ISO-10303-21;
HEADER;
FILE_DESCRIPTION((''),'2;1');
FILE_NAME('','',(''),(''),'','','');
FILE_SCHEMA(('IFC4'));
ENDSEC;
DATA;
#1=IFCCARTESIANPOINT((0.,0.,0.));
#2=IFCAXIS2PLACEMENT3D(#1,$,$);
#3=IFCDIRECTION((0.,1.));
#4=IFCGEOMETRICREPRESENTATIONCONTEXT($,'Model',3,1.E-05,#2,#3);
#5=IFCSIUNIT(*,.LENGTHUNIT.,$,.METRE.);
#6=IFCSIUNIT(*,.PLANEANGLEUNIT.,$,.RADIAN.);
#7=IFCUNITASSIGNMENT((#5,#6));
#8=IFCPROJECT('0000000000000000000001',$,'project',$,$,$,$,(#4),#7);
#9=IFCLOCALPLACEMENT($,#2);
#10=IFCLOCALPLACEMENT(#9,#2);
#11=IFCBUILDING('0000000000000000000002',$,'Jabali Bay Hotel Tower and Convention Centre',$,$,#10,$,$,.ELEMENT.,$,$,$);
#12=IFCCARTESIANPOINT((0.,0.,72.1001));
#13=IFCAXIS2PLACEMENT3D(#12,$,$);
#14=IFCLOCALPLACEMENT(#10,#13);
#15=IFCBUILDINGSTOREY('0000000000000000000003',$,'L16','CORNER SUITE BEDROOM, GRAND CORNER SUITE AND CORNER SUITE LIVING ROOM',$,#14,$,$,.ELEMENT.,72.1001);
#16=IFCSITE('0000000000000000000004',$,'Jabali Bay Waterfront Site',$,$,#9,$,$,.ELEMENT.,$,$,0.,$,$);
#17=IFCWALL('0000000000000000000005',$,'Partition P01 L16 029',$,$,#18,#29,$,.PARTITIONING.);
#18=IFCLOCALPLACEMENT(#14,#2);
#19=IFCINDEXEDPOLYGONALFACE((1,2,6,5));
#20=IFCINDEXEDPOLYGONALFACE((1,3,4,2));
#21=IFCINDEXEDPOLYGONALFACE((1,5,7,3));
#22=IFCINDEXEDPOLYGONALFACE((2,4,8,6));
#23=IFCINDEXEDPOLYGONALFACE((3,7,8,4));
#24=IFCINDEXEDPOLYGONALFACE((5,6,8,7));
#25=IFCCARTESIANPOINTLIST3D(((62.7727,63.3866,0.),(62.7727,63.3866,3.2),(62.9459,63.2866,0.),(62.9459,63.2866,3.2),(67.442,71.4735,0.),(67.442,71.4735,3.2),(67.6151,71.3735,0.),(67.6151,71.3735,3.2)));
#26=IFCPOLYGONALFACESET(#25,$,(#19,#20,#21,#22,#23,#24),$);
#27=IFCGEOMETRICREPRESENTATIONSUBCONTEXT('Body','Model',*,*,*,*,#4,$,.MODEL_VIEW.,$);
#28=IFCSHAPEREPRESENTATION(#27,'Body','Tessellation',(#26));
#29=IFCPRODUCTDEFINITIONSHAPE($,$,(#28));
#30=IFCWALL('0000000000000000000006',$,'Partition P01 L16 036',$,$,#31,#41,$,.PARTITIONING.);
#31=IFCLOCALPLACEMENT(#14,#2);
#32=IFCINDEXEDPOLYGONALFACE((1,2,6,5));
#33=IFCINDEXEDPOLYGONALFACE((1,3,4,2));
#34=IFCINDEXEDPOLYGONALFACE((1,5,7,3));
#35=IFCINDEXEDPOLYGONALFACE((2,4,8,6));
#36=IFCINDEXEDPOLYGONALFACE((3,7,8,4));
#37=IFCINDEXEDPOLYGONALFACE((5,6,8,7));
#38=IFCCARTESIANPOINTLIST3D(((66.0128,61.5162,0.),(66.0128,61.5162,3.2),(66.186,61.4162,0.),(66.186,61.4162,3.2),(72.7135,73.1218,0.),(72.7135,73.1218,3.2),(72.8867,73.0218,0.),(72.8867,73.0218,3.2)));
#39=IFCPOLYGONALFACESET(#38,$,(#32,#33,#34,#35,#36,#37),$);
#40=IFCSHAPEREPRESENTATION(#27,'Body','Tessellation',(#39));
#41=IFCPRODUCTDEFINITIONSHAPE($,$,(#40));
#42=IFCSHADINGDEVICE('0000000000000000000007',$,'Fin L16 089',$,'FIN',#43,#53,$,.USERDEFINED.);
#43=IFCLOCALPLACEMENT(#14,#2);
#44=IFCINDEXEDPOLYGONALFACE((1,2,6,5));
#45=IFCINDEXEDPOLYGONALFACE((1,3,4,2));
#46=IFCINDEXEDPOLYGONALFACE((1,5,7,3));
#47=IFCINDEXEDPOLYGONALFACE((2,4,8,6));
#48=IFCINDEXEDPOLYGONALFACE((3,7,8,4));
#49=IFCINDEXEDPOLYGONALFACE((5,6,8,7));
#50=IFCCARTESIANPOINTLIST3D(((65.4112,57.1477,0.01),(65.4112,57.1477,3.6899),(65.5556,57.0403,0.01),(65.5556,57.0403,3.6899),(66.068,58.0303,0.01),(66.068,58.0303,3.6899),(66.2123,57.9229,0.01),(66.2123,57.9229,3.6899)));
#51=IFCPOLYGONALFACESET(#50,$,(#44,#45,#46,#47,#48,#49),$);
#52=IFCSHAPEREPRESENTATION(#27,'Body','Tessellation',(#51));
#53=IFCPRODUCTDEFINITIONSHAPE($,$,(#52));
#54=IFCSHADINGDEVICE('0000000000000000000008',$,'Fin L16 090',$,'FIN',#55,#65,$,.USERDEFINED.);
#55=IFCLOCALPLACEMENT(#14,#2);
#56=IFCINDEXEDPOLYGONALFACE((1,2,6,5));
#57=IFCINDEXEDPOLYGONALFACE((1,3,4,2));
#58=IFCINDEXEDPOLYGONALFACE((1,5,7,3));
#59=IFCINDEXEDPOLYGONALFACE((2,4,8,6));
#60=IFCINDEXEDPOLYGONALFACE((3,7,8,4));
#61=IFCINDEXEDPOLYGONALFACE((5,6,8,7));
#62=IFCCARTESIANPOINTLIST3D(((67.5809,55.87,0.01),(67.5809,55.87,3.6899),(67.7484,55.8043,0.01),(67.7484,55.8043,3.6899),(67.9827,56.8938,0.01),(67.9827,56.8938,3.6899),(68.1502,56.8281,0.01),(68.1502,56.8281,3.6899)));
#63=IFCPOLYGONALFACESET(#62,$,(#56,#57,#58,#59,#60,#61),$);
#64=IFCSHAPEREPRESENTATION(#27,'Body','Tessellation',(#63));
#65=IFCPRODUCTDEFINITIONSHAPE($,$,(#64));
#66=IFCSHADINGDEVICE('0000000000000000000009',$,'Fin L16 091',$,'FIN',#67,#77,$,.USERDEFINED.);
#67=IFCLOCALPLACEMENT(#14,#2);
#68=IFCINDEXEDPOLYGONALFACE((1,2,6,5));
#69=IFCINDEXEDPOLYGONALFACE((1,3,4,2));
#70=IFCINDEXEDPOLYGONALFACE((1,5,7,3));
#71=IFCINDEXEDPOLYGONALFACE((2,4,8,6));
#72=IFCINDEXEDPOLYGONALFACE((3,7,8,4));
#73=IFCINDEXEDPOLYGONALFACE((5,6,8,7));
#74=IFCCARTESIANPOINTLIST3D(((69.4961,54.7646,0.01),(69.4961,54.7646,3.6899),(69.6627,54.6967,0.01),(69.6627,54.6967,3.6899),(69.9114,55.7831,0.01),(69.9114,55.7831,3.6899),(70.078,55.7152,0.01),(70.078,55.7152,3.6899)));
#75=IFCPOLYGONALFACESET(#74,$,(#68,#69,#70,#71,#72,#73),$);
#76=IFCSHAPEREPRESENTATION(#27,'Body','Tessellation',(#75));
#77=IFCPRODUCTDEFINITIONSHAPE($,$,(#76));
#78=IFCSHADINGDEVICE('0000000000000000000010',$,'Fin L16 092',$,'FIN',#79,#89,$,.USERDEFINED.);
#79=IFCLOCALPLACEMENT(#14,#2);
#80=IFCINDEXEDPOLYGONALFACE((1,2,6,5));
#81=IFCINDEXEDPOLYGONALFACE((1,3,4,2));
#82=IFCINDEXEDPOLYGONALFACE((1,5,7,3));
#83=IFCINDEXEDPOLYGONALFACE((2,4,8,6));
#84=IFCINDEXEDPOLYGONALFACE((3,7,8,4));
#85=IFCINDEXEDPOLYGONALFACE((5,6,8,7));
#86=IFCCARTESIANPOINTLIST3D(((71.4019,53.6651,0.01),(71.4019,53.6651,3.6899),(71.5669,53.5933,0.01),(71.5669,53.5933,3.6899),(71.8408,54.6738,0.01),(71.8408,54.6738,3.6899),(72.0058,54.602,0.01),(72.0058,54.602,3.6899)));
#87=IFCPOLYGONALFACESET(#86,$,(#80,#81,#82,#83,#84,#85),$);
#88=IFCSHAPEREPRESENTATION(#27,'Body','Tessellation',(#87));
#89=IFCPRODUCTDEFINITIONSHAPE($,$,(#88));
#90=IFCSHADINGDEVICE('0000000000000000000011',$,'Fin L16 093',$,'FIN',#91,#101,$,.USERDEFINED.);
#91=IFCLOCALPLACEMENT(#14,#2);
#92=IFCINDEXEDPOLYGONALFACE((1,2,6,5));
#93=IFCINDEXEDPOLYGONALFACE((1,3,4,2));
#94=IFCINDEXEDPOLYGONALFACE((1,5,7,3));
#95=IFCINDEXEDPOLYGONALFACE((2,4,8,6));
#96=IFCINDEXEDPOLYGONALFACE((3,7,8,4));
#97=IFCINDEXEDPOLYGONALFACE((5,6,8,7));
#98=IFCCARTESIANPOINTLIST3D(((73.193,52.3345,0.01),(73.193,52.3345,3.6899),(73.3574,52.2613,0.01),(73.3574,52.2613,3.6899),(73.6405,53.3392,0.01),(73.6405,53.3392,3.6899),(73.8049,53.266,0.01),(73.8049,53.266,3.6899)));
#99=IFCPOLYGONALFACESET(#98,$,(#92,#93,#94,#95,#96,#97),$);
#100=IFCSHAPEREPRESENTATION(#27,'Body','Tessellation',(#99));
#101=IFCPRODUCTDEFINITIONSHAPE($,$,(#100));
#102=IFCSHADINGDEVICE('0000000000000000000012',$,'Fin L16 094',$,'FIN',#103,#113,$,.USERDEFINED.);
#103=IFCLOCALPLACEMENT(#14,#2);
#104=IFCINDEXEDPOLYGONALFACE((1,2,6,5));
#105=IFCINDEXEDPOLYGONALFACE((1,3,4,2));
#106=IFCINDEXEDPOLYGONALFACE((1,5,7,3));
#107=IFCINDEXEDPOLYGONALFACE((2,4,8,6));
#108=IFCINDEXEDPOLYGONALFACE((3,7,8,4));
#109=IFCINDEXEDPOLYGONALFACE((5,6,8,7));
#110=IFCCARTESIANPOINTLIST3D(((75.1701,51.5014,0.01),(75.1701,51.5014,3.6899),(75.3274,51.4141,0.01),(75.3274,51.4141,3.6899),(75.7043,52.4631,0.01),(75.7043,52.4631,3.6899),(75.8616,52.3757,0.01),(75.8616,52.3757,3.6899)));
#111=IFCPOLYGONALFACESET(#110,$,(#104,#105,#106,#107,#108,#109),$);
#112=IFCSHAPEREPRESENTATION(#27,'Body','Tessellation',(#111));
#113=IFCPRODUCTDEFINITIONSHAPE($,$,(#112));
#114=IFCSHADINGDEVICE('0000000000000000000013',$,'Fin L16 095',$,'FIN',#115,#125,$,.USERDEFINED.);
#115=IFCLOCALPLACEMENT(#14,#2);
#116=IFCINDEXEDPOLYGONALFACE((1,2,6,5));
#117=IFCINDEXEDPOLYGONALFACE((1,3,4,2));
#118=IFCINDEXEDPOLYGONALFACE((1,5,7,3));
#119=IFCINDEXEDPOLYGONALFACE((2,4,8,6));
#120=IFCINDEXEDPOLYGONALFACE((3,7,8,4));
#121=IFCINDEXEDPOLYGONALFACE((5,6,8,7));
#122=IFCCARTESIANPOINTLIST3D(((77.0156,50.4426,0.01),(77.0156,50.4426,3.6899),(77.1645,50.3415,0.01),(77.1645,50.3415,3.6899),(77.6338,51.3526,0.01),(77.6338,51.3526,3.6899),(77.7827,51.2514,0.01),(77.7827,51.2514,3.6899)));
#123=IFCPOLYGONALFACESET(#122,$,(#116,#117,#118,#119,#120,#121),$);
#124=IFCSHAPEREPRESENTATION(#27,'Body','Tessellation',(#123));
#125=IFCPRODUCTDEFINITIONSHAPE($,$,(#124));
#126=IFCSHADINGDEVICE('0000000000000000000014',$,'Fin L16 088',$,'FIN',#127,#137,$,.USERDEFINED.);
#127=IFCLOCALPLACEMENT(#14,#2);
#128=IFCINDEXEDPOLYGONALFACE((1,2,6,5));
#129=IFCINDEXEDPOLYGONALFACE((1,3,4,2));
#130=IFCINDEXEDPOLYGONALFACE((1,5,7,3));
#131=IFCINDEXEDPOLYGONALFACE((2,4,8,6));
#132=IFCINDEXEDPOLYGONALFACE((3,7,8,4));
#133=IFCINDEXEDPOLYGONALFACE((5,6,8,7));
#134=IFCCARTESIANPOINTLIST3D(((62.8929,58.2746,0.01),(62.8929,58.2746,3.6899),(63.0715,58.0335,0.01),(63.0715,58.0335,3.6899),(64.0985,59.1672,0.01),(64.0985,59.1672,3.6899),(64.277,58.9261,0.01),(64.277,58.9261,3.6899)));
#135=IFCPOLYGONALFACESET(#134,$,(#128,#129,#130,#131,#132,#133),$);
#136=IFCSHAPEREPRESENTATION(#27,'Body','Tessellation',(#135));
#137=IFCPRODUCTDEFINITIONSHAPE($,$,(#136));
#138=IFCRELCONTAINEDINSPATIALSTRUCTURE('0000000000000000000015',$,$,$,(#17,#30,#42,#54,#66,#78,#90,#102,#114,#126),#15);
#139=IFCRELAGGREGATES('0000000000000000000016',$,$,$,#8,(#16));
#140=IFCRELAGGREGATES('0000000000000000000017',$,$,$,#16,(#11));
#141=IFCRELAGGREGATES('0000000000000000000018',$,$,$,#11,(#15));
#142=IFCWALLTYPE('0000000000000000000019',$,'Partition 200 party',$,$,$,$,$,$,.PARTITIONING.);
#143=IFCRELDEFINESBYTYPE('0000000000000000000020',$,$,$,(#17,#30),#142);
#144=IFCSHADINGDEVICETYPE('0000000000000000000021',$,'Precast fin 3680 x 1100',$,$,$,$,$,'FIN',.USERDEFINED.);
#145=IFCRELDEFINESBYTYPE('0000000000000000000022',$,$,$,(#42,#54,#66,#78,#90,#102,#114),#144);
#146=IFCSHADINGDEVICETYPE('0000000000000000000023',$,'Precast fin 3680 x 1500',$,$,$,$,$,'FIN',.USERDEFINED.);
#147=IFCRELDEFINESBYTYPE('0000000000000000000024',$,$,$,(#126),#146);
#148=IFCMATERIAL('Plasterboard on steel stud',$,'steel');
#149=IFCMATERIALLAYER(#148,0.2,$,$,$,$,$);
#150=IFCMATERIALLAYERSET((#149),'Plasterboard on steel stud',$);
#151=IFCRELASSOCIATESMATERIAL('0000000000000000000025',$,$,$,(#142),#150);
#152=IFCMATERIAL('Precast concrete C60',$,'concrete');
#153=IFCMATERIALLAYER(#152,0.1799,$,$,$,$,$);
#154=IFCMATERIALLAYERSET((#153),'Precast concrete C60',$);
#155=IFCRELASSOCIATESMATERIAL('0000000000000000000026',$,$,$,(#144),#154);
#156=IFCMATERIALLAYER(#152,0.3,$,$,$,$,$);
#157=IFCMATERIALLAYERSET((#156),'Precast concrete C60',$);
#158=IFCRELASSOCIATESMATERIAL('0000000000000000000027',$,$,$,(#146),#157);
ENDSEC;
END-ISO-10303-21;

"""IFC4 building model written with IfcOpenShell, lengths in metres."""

from ifc_helpers import new_model, si_unit, direction, frame, frame_2d, origin, place, context, subcontext, project, spatial, rectangle, extrude, material, layer, layer_set, type_object, element, save


model = new_model("IFC4")

# Units and contexts
model_context = context("Model", 3, precision=1e-05, world=origin(), true_north=direction((0.0, 1.0)))
body_context = subcontext(model_context, "Body", "Model", "MODEL_VIEW")
ifc_project = project(units=[si_unit("LENGTHUNIT", "METRE"), si_unit("PLANEANGLEUNIT", "RADIAN")], contexts=[model_context])

# Site, building, storey
site_placement = place(None, origin())
site = spatial("IfcSite", under=ifc_project, at=site_placement, Name="Jabali Bay Waterfront Site", CompositionType="ELEMENT", RefElevation=0.0)
building_placement = place(site_placement, origin())
building = spatial("IfcBuilding", under=site, at=building_placement, Name="Jabali Bay Hotel Tower and Convention Centre", CompositionType="ELEMENT")
storey_placement = place(building_placement, frame((0.0, 0.0, 72.1001)))
storey = spatial("IfcBuildingStorey", under=building, at=storey_placement, Name="L16", Description="CORNER SUITE BEDROOM, GRAND CORNER SUITE AND CORNER SUITE LIVING ROOM", CompositionType="ELEMENT", Elevation=72.1001)

# Shared definitions
ifc_material_1 = material(Name="Plasterboard on steel stud", Category="steel")

# Walls
ifc_layer_1 = layer(ifc_material_1, 0.2)
ifc_layer_set_1 = layer_set([ifc_layer_1], Name="Plasterboard on steel stud")
wall_type_1 = type_object("IfcWallType", Name="Partition 200 party", PredefinedType="PARTITIONING", material=ifc_layer_set_1)
wall_1_placement = place(storey_placement, frame((62.8594, 63.3367, 0.0), z_axis=(0.0, 0.0, 1.0), x_axis=(0.500017, 0.866016, 0.0)))
element("IfcWall", 1, at=wall_1_placement, inside=storey, type_object=wall_type_1, Name="Partition P01 L16 029", PredefinedType="PARTITIONING", context=body_context, shape_type="SweptSolid", body=[
    extrude(rectangle(XDim=9.3381, YDim=0.2, at=frame_2d((4.6689, 0.0))), origin(), (0.0, 0.0, 1.0), 3.2),
])
wall_2_placement = place(storey_placement, frame((66.0994, 61.4661, 0.0), z_axis=(0.0, 0.0, 1.0), x_axis=(0.500007, 0.866021, 0.0)))
element("IfcWall", 2, at=wall_2_placement, inside=storey, type_object=wall_type_1, Name="Partition P01 L16 036", PredefinedType="PARTITIONING", context=body_context, shape_type="SweptSolid", body=[
    extrude(rectangle(XDim=13.4011, YDim=0.2, at=frame_2d((6.7007, 0.0))), origin(), (0.0, 0.0, 1.0), 3.2),
])

# Shading devices
ifc_material_2 = material(Name="Precast concrete C60", Category="concrete")
ifc_layer_2 = layer(ifc_material_2, 0.1799)
ifc_layer_set_2 = layer_set([ifc_layer_2], Name="Precast concrete C60")
shading_device_type_1 = type_object("IfcShadingDeviceType", Name="Precast fin 3680 x 1100", ElementType="FIN", PredefinedType="USERDEFINED", material=ifc_layer_set_2)
shading_device_1_placement = place(storey_placement, frame((66.1401, 57.9766, 0.01), z_axis=(0.0, 0.0, 1.0), x_axis=(-0.596978, -0.802258, 0.0)))
element("IfcShadingDevice", 3, at=shading_device_1_placement, inside=storey, type_object=shading_device_type_1, Name="Fin L16 089", ObjectType="FIN", PredefinedType="USERDEFINED", context=body_context, shape_type="SweptSolid", body=[
    extrude(rectangle(XDim=1.1001, YDim=0.1799, at=frame_2d((0.55, 0.0))), origin(), (0.0, 0.0, 1.0), 3.6799),
])
for number, where, z_axis, x_axis, name in (
    (4, (68.0664, 56.8608, 0.01), (0.0, 0.0, 1.0), (-0.365336, -0.930876, 0.0), "Fin L16 090"),
    (5, (69.9946, 55.749, 0.01), (0.0, 0.0, 1.0), (-0.377544, -0.925992, 0.0), "Fin L16 091"),
):
    element("IfcShadingDevice", number, at=place(storey_placement, frame(where, z_axis=z_axis, x_axis=x_axis)), inside=storey, type_object=shading_device_type_1, Name=name, ObjectType="FIN", PredefinedType="USERDEFINED", context=body_context, shape_type="SweptSolid", body=[
        extrude(rectangle(XDim=1.0999, YDim=0.1799, at=frame_2d((0.5498, 0.0))), origin(), (0.0, 0.0, 1.0), 3.6799),
    ])
shading_device_2_placement = place(storey_placement, frame((71.9233, 54.6379, 0.01), z_axis=(0.0, 0.0, 1.0), x_axis=(-0.399002, -0.91695, 0.0)))
element("IfcShadingDevice", 6, at=shading_device_2_placement, inside=storey, type_object=shading_device_type_1, Name="Fin L16 092", ObjectType="FIN", PredefinedType="USERDEFINED", context=body_context, shape_type="SweptSolid", body=[
    extrude(rectangle(XDim=1.1001, YDim=0.1799, at=frame_2d((0.55, 0.0))), origin(), (0.0, 0.0, 1.0), 3.6799),
])
shading_device_3_placement = place(storey_placement, frame((73.7227, 53.3025, 0.01), z_axis=(0.0, 0.0, 1.0), x_axis=(-0.4069, -0.913473, 0.0)))
element("IfcShadingDevice", 7, at=shading_device_3_placement, inside=storey, type_object=shading_device_type_1, Name="Fin L16 093", ObjectType="FIN", PredefinedType="USERDEFINED", context=body_context, shape_type="SweptSolid", body=[
    extrude(rectangle(XDim=1.0999, YDim=0.1799, at=frame_2d((0.5498, 0.0))), origin(), (0.0, 0.0, 1.0), 3.6799),
])
for number, where, z_axis, x_axis, name in (
    (8, (75.783, 52.4194, 0.01), (0.0, 0.0, 1.0), (-0.485586, -0.874189, 0.0), "Fin L16 094"),
    (9, (77.7083, 51.302, 0.01), (0.0, 0.0, 1.0), (-0.561952, -0.82717, 0.0), "Fin L16 095"),
):
    element("IfcShadingDevice", number, at=place(storey_placement, frame(where, z_axis=z_axis, x_axis=x_axis)), inside=storey, type_object=shading_device_type_1, Name=name, ObjectType="FIN", PredefinedType="USERDEFINED", context=body_context, shape_type="SweptSolid", body=[
        extrude(rectangle(XDim=1.1001, YDim=0.1799, at=frame_2d((0.55, 0.0))), origin(), (0.0, 0.0, 1.0), 3.6799),
    ])
ifc_layer_3 = layer(ifc_material_2, 0.3)
ifc_layer_set_3 = layer_set([ifc_layer_3], Name="Precast concrete C60")
shading_device_type_2 = type_object("IfcShadingDeviceType", Name="Precast fin 3680 x 1500", ElementType="FIN", PredefinedType="USERDEFINED", material=ifc_layer_set_3)
shading_device_4_placement = place(storey_placement, frame((64.1877, 59.0466, 0.01), z_axis=(0.0, 0.0, 1.0), x_axis=(-0.803696, -0.595041, 0.0)))
element("IfcShadingDevice", 10, at=shading_device_4_placement, inside=storey, type_object=shading_device_type_2, Name="Fin L16 088", ObjectType="FIN", PredefinedType="USERDEFINED", context=body_context, shape_type="SweptSolid", body=[
    extrude(rectangle(XDim=1.5, YDim=0.3, at=frame_2d((0.75, 0.0))), origin(), (0.0, 0.0, 1.0), 3.6799),
])

save(model, "model.ifc")
